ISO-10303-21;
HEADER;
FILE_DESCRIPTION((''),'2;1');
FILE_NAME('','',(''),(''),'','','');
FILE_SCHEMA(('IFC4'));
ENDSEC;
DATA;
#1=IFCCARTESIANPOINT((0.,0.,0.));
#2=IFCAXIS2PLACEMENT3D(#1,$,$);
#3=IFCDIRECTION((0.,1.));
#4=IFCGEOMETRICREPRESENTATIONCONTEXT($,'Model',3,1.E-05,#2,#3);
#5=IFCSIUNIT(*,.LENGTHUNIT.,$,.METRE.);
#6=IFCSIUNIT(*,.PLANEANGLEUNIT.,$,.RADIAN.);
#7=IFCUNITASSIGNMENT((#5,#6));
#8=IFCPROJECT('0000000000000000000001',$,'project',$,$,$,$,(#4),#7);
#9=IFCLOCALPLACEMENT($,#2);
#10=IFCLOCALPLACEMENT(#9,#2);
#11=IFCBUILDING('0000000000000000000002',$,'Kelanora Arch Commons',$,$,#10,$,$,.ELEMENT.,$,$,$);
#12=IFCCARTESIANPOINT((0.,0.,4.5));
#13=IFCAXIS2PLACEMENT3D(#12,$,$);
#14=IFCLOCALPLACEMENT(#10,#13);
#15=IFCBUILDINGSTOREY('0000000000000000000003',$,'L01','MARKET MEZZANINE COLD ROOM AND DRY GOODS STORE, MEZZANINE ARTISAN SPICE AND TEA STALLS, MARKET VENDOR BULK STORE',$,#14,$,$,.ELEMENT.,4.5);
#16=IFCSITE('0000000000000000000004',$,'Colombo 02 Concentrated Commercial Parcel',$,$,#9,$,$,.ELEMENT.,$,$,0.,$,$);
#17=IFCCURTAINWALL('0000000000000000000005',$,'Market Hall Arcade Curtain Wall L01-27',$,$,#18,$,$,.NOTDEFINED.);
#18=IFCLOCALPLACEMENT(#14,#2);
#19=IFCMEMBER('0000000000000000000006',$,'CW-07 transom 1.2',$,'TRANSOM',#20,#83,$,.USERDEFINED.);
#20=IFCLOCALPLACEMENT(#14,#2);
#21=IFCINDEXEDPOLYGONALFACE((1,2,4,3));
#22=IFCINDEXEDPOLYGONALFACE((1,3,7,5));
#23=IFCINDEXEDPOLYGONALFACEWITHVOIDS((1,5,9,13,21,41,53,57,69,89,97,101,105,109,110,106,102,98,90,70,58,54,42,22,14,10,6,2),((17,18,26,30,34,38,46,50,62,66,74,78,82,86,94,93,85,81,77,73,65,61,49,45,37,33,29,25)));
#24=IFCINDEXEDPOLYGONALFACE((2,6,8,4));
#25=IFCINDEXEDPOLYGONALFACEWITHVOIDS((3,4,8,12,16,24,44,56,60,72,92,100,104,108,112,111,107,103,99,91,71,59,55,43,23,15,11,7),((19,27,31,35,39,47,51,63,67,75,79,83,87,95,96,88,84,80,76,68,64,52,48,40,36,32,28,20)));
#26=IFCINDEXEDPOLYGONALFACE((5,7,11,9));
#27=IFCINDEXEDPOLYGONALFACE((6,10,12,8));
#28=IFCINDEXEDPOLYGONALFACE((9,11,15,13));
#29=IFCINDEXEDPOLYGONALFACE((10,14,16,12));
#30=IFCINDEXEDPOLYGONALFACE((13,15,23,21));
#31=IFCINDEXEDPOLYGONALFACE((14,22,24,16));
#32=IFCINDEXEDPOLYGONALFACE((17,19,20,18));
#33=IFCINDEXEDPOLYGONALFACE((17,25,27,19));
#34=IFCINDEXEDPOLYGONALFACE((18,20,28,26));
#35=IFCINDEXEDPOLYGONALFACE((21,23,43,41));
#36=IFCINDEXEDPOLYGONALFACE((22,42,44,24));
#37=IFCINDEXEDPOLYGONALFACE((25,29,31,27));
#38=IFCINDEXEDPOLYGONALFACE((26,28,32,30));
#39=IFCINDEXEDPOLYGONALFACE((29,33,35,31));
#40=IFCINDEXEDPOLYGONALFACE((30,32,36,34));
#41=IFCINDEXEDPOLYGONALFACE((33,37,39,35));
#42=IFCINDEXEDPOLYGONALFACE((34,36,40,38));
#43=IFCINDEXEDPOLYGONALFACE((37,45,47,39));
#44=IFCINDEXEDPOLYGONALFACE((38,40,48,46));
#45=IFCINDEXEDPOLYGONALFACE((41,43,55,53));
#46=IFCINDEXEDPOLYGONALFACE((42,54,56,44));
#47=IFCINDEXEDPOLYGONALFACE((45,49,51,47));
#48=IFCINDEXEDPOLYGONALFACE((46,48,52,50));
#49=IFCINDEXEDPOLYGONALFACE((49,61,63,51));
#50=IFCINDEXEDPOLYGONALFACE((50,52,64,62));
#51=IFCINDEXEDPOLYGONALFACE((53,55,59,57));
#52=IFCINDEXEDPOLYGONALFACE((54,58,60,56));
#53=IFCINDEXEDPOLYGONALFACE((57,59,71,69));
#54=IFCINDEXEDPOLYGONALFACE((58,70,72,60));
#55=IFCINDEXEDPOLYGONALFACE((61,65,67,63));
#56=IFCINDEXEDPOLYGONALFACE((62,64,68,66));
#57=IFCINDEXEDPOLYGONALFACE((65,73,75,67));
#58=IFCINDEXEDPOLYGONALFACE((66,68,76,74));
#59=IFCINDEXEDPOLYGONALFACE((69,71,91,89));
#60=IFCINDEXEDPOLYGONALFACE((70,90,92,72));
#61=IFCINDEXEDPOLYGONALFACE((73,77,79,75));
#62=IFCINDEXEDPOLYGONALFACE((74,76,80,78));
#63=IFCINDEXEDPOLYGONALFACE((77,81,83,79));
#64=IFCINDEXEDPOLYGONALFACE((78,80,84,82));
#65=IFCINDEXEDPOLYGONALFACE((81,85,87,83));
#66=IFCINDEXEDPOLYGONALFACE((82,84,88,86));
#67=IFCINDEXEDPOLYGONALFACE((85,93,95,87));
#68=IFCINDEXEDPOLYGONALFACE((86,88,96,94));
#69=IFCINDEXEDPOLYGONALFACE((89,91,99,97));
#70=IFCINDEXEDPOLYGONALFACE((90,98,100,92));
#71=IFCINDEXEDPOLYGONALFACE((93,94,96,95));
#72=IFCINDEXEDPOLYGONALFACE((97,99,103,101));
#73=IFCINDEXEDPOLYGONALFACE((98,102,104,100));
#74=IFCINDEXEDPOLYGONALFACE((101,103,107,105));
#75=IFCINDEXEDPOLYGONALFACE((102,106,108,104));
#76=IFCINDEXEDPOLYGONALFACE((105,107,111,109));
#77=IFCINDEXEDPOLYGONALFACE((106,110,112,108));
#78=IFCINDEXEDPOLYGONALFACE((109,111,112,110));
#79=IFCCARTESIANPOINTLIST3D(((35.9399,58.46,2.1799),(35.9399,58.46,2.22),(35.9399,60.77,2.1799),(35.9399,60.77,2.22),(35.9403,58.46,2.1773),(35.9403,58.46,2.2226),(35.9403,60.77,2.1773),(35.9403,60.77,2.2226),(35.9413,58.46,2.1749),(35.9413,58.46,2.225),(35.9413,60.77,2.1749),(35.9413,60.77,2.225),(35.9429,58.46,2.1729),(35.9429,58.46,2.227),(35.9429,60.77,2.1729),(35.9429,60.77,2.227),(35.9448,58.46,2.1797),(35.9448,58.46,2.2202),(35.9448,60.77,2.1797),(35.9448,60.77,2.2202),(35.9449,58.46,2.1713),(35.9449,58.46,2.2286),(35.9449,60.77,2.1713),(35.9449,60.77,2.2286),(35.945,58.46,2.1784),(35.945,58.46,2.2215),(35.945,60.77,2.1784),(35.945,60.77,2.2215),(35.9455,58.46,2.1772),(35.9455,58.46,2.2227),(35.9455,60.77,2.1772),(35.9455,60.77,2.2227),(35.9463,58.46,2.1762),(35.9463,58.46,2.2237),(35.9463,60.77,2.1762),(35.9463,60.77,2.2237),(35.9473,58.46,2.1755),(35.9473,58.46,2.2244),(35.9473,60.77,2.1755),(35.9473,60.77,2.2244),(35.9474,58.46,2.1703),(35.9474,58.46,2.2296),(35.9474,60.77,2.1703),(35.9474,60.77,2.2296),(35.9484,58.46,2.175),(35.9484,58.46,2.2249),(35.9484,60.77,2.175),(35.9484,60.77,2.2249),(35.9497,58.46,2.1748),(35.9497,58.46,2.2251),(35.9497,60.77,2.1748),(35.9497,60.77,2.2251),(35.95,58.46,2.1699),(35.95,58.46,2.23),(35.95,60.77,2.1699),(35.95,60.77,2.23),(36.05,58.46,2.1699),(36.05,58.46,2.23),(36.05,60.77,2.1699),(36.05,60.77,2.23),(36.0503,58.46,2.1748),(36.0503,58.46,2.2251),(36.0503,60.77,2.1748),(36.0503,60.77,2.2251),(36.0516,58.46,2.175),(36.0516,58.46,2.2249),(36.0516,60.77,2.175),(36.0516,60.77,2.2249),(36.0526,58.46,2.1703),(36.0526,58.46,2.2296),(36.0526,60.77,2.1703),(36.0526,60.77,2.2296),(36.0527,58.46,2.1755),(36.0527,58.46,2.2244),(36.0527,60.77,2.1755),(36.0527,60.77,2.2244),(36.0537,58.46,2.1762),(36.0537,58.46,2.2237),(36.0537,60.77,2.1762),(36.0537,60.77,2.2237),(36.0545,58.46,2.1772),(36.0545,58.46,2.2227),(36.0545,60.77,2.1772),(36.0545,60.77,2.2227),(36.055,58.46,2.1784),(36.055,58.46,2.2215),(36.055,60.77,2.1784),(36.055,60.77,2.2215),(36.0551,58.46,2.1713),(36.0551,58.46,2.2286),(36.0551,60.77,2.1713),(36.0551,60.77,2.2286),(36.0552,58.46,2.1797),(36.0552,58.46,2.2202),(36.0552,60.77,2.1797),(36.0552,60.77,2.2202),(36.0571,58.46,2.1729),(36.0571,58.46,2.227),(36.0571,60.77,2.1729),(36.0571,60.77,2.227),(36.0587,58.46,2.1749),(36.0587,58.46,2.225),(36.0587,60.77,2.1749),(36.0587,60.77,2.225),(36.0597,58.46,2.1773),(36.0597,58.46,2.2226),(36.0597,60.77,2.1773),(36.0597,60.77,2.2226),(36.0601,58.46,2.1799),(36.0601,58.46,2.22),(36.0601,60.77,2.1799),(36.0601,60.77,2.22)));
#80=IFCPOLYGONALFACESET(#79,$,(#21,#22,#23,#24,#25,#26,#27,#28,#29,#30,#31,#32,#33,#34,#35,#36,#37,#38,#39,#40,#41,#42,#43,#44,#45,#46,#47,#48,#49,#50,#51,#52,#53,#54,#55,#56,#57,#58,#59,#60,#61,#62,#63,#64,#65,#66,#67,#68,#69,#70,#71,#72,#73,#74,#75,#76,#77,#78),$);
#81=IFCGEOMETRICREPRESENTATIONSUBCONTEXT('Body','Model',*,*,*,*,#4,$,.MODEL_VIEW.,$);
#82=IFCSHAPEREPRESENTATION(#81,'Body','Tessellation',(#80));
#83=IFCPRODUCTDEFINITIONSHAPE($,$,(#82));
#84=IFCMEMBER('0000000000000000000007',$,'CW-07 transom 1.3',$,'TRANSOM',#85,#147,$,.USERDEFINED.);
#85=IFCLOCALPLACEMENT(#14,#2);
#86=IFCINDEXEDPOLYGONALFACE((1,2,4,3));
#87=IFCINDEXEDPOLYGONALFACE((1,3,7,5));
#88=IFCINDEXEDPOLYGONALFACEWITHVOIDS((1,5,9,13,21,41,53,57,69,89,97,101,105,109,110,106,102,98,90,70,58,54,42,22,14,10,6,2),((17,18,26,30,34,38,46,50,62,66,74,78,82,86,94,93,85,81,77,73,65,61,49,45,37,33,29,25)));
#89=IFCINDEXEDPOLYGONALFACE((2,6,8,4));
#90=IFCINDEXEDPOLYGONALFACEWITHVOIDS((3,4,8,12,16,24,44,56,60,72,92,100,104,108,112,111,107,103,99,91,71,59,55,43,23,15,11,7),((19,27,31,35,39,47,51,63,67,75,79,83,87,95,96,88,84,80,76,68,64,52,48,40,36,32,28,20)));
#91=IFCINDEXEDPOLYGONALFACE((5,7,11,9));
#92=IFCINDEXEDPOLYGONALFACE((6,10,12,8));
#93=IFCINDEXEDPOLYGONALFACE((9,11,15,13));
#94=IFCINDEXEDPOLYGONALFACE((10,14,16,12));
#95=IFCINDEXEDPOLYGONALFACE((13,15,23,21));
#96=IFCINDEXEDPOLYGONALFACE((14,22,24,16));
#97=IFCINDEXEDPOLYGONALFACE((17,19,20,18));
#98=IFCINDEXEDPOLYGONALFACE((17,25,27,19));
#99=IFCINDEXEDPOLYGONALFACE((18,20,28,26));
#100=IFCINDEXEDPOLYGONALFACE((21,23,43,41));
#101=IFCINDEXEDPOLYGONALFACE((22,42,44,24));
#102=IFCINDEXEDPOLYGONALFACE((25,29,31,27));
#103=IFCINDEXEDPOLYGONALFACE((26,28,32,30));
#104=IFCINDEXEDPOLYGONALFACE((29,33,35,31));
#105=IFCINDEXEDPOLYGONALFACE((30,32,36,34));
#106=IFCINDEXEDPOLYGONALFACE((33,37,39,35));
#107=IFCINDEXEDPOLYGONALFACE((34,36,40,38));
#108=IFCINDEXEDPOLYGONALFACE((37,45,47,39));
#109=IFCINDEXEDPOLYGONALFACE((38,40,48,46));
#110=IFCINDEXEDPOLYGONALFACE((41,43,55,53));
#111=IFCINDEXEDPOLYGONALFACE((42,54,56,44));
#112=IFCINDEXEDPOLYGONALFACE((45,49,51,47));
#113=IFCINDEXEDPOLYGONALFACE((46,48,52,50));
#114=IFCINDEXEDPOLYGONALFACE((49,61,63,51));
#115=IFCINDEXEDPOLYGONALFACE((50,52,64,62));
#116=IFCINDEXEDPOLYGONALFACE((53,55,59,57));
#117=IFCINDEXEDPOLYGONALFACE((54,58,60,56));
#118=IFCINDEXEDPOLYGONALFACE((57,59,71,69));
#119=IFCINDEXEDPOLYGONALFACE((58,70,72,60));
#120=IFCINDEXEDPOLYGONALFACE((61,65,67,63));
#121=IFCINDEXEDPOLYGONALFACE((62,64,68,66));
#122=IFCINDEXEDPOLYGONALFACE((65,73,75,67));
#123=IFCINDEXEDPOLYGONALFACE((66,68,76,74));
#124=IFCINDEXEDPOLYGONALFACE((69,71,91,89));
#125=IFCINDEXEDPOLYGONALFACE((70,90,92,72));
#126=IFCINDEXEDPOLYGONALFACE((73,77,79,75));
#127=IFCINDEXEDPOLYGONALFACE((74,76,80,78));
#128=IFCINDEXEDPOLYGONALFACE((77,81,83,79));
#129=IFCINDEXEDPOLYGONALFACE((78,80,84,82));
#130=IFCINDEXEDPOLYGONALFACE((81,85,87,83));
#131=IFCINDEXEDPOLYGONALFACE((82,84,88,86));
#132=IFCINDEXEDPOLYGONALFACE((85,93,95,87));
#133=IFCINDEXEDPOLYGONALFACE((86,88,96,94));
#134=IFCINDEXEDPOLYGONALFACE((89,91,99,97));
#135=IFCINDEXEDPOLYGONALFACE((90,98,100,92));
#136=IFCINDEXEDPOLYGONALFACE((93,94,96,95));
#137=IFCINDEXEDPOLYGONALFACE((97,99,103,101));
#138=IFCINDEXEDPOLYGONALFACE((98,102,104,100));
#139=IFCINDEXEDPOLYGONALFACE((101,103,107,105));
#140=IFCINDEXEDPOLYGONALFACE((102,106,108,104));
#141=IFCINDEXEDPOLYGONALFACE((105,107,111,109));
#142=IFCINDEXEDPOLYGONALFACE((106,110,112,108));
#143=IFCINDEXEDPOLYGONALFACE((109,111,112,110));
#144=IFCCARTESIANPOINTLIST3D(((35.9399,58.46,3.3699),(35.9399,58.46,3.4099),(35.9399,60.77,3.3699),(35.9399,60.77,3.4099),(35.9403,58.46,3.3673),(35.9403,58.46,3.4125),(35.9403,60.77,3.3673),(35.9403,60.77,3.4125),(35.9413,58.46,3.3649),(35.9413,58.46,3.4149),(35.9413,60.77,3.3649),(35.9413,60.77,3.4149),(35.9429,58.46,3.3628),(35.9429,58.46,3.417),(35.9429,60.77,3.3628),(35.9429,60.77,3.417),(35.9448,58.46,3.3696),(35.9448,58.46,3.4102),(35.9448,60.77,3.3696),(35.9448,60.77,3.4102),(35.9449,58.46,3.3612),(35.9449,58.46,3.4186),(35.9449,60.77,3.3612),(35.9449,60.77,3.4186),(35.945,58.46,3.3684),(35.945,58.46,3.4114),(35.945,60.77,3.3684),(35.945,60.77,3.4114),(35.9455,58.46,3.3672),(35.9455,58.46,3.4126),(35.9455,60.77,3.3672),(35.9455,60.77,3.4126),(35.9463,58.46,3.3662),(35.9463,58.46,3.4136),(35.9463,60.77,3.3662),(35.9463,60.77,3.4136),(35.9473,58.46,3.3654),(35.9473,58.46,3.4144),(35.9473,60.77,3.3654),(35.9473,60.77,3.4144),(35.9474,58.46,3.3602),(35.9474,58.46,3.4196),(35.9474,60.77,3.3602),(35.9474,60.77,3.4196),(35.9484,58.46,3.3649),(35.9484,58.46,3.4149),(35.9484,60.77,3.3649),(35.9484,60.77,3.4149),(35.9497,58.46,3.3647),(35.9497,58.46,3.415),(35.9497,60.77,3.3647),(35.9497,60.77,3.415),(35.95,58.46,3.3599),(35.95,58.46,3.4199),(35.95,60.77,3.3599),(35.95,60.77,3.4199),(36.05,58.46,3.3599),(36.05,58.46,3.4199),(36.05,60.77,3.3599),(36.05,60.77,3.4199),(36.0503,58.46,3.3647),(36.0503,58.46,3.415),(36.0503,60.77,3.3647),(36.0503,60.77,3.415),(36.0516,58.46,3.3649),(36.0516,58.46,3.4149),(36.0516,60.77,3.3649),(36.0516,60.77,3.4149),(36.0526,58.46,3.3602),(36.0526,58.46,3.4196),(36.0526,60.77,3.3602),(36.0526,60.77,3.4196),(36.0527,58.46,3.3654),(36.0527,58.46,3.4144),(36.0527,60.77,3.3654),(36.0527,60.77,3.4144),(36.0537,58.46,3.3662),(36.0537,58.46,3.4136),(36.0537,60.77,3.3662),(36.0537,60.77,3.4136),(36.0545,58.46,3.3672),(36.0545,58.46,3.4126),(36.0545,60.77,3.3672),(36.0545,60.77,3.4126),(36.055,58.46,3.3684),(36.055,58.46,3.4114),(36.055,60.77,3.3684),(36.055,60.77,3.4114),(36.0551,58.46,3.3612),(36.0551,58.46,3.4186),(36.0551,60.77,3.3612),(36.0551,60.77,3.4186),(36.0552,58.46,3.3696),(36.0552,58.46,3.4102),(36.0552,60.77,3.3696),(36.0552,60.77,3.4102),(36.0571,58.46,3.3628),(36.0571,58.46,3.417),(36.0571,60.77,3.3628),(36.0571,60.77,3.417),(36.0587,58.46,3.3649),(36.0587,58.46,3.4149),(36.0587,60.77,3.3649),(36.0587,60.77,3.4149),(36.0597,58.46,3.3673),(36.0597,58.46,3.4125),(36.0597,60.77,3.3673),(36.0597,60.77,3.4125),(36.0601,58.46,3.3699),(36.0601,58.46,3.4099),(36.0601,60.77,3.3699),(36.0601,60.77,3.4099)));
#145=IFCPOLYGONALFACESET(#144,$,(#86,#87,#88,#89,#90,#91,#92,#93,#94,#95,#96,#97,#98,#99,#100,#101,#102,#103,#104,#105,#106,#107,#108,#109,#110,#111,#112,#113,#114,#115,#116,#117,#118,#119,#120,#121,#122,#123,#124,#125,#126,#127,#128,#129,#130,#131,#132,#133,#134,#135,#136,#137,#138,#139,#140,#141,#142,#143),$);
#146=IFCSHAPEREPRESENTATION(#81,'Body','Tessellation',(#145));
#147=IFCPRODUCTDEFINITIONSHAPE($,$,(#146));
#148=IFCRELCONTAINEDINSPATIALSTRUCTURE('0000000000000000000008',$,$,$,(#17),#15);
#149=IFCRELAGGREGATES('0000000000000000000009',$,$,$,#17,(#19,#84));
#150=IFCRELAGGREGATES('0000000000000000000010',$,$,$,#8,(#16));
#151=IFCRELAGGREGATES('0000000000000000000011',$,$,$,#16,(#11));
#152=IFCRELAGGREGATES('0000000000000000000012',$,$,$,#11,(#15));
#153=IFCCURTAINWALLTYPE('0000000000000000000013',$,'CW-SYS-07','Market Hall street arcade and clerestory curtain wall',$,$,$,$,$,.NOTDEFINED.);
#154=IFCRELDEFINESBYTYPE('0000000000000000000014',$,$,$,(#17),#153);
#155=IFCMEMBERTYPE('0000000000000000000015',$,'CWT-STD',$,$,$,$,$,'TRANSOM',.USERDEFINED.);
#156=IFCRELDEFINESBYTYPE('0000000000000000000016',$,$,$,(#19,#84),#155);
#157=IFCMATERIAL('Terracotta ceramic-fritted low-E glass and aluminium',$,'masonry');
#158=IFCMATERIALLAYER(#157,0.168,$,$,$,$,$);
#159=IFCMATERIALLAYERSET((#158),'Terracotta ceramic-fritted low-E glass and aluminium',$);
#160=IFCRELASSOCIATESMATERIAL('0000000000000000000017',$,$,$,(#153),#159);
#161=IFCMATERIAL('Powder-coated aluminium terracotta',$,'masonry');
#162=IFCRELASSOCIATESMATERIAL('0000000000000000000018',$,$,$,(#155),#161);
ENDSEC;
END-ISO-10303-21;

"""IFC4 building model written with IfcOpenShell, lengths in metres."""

from ifc_helpers import new_model, si_unit, direction, frame, origin, origin_2d, place, context, subcontext, project, spatial, hollow_rectangle, extrude, material, layer, layer_set, material_profile, profile_set, type_object, element, aggregate, save


model = new_model("IFC4")

# Units and contexts
model_context = context("Model", 3, precision=1e-05, world=origin(), true_north=direction((0.0, 1.0)))
body_context = subcontext(model_context, "Body", "Model", "MODEL_VIEW")
ifc_project = project(units=[si_unit("LENGTHUNIT", "METRE"), si_unit("PLANEANGLEUNIT", "RADIAN")], contexts=[model_context])

# Site, building, storey
site_placement = place(None, origin())
site = spatial("IfcSite", under=ifc_project, at=site_placement, Name="Colombo 02 Concentrated Commercial Parcel", CompositionType="ELEMENT", RefElevation=0.0)
building_placement = place(site_placement, origin())
building = spatial("IfcBuilding", under=site, at=building_placement, Name="Kelanora Arch Commons", CompositionType="ELEMENT")
storey_placement = place(building_placement, frame((0.0, 0.0, 4.5)))
storey = spatial("IfcBuildingStorey", under=building, at=storey_placement, Name="L01", Description="MARKET MEZZANINE COLD ROOM AND DRY GOODS STORE, MEZZANINE ARTISAN SPICE AND TEA STALLS, MARKET VENDOR BULK STORE", CompositionType="ELEMENT", Elevation=4.5)

# Curtain wall, members
ifc_material_1 = material(Name="Terracotta ceramic-fritted low-E glass and aluminium", Category="masonry")
ifc_layer_1 = layer(ifc_material_1, 0.168)
ifc_layer_set_1 = layer_set([ifc_layer_1], Name="Terracotta ceramic-fritted low-E glass and aluminium")
curtain_wall_type = type_object("IfcCurtainWallType", Name="CW-SYS-07", Description="Market Hall street arcade and clerestory curtain wall", PredefinedType="NOTDEFINED", material=ifc_layer_set_1)
curtain_wall_placement = place(storey_placement, origin())
curtain_wall = element("IfcCurtainWall", 1, at=curtain_wall_placement, inside=storey, type_object=curtain_wall_type, Name="Market Hall Arcade Curtain Wall L01-27", PredefinedType="NOTDEFINED")
ifc_material_2 = material(Name="Powder-coated aluminium terracotta", Category="masonry")
ifc_material_profile_1 = material_profile(ifc_material_2, hollow_rectangle(XDim=0.1201, YDim=0.0601, WallThickness=0.0049, InnerFilletRadius=0.0049, OuterFilletRadius=0.01, at=origin_2d()), Name="CWT120x60")
ifc_profile_set_1 = profile_set([ifc_material_profile_1], Name="Powder-coated aluminium terracotta")
member_type_1 = type_object("IfcMemberType", Name="CWT-STD", ElementType="TRANSOM", PredefinedType="USERDEFINED", material=ifc_profile_set_1)
member_1_placement = place(storey_placement, frame((36.0, 58.46, 2.2), z_axis=(0.0, 1.0, 0.0), x_axis=(-1.0, 0.0, 0.0)))
member_1 = element("IfcMember", 2, at=member_1_placement, type_object=member_type_1, Name="CW-07 transom 1.2", ObjectType="TRANSOM", PredefinedType="USERDEFINED", context=body_context, shape_type="SweptSolid", body=[
    extrude(hollow_rectangle(XDim=0.1201, YDim=0.0601, WallThickness=0.0049, InnerFilletRadius=0.0049, OuterFilletRadius=0.01, at=origin_2d()), origin(), (0.0, 0.0, 1.0), 2.3101),
])
member_2_placement = place(storey_placement, frame((36.0, 58.46, 3.3899), z_axis=(0.0, 1.0, 0.0), x_axis=(-1.0, 0.0, 0.0)))
member_2 = element("IfcMember", 3, at=member_2_placement, type_object=member_type_1, Name="CW-07 transom 1.3", ObjectType="TRANSOM", PredefinedType="USERDEFINED", context=body_context, shape_type="SweptSolid", body=[
    extrude(hollow_rectangle(XDim=0.1201, YDim=0.0601, WallThickness=0.0049, InnerFilletRadius=0.0049, OuterFilletRadius=0.01, at=origin_2d()), origin(), (0.0, 0.0, 1.0), 2.3101),
])
aggregate(curtain_wall, [member_1, member_2])

save(model, "model.ifc")
